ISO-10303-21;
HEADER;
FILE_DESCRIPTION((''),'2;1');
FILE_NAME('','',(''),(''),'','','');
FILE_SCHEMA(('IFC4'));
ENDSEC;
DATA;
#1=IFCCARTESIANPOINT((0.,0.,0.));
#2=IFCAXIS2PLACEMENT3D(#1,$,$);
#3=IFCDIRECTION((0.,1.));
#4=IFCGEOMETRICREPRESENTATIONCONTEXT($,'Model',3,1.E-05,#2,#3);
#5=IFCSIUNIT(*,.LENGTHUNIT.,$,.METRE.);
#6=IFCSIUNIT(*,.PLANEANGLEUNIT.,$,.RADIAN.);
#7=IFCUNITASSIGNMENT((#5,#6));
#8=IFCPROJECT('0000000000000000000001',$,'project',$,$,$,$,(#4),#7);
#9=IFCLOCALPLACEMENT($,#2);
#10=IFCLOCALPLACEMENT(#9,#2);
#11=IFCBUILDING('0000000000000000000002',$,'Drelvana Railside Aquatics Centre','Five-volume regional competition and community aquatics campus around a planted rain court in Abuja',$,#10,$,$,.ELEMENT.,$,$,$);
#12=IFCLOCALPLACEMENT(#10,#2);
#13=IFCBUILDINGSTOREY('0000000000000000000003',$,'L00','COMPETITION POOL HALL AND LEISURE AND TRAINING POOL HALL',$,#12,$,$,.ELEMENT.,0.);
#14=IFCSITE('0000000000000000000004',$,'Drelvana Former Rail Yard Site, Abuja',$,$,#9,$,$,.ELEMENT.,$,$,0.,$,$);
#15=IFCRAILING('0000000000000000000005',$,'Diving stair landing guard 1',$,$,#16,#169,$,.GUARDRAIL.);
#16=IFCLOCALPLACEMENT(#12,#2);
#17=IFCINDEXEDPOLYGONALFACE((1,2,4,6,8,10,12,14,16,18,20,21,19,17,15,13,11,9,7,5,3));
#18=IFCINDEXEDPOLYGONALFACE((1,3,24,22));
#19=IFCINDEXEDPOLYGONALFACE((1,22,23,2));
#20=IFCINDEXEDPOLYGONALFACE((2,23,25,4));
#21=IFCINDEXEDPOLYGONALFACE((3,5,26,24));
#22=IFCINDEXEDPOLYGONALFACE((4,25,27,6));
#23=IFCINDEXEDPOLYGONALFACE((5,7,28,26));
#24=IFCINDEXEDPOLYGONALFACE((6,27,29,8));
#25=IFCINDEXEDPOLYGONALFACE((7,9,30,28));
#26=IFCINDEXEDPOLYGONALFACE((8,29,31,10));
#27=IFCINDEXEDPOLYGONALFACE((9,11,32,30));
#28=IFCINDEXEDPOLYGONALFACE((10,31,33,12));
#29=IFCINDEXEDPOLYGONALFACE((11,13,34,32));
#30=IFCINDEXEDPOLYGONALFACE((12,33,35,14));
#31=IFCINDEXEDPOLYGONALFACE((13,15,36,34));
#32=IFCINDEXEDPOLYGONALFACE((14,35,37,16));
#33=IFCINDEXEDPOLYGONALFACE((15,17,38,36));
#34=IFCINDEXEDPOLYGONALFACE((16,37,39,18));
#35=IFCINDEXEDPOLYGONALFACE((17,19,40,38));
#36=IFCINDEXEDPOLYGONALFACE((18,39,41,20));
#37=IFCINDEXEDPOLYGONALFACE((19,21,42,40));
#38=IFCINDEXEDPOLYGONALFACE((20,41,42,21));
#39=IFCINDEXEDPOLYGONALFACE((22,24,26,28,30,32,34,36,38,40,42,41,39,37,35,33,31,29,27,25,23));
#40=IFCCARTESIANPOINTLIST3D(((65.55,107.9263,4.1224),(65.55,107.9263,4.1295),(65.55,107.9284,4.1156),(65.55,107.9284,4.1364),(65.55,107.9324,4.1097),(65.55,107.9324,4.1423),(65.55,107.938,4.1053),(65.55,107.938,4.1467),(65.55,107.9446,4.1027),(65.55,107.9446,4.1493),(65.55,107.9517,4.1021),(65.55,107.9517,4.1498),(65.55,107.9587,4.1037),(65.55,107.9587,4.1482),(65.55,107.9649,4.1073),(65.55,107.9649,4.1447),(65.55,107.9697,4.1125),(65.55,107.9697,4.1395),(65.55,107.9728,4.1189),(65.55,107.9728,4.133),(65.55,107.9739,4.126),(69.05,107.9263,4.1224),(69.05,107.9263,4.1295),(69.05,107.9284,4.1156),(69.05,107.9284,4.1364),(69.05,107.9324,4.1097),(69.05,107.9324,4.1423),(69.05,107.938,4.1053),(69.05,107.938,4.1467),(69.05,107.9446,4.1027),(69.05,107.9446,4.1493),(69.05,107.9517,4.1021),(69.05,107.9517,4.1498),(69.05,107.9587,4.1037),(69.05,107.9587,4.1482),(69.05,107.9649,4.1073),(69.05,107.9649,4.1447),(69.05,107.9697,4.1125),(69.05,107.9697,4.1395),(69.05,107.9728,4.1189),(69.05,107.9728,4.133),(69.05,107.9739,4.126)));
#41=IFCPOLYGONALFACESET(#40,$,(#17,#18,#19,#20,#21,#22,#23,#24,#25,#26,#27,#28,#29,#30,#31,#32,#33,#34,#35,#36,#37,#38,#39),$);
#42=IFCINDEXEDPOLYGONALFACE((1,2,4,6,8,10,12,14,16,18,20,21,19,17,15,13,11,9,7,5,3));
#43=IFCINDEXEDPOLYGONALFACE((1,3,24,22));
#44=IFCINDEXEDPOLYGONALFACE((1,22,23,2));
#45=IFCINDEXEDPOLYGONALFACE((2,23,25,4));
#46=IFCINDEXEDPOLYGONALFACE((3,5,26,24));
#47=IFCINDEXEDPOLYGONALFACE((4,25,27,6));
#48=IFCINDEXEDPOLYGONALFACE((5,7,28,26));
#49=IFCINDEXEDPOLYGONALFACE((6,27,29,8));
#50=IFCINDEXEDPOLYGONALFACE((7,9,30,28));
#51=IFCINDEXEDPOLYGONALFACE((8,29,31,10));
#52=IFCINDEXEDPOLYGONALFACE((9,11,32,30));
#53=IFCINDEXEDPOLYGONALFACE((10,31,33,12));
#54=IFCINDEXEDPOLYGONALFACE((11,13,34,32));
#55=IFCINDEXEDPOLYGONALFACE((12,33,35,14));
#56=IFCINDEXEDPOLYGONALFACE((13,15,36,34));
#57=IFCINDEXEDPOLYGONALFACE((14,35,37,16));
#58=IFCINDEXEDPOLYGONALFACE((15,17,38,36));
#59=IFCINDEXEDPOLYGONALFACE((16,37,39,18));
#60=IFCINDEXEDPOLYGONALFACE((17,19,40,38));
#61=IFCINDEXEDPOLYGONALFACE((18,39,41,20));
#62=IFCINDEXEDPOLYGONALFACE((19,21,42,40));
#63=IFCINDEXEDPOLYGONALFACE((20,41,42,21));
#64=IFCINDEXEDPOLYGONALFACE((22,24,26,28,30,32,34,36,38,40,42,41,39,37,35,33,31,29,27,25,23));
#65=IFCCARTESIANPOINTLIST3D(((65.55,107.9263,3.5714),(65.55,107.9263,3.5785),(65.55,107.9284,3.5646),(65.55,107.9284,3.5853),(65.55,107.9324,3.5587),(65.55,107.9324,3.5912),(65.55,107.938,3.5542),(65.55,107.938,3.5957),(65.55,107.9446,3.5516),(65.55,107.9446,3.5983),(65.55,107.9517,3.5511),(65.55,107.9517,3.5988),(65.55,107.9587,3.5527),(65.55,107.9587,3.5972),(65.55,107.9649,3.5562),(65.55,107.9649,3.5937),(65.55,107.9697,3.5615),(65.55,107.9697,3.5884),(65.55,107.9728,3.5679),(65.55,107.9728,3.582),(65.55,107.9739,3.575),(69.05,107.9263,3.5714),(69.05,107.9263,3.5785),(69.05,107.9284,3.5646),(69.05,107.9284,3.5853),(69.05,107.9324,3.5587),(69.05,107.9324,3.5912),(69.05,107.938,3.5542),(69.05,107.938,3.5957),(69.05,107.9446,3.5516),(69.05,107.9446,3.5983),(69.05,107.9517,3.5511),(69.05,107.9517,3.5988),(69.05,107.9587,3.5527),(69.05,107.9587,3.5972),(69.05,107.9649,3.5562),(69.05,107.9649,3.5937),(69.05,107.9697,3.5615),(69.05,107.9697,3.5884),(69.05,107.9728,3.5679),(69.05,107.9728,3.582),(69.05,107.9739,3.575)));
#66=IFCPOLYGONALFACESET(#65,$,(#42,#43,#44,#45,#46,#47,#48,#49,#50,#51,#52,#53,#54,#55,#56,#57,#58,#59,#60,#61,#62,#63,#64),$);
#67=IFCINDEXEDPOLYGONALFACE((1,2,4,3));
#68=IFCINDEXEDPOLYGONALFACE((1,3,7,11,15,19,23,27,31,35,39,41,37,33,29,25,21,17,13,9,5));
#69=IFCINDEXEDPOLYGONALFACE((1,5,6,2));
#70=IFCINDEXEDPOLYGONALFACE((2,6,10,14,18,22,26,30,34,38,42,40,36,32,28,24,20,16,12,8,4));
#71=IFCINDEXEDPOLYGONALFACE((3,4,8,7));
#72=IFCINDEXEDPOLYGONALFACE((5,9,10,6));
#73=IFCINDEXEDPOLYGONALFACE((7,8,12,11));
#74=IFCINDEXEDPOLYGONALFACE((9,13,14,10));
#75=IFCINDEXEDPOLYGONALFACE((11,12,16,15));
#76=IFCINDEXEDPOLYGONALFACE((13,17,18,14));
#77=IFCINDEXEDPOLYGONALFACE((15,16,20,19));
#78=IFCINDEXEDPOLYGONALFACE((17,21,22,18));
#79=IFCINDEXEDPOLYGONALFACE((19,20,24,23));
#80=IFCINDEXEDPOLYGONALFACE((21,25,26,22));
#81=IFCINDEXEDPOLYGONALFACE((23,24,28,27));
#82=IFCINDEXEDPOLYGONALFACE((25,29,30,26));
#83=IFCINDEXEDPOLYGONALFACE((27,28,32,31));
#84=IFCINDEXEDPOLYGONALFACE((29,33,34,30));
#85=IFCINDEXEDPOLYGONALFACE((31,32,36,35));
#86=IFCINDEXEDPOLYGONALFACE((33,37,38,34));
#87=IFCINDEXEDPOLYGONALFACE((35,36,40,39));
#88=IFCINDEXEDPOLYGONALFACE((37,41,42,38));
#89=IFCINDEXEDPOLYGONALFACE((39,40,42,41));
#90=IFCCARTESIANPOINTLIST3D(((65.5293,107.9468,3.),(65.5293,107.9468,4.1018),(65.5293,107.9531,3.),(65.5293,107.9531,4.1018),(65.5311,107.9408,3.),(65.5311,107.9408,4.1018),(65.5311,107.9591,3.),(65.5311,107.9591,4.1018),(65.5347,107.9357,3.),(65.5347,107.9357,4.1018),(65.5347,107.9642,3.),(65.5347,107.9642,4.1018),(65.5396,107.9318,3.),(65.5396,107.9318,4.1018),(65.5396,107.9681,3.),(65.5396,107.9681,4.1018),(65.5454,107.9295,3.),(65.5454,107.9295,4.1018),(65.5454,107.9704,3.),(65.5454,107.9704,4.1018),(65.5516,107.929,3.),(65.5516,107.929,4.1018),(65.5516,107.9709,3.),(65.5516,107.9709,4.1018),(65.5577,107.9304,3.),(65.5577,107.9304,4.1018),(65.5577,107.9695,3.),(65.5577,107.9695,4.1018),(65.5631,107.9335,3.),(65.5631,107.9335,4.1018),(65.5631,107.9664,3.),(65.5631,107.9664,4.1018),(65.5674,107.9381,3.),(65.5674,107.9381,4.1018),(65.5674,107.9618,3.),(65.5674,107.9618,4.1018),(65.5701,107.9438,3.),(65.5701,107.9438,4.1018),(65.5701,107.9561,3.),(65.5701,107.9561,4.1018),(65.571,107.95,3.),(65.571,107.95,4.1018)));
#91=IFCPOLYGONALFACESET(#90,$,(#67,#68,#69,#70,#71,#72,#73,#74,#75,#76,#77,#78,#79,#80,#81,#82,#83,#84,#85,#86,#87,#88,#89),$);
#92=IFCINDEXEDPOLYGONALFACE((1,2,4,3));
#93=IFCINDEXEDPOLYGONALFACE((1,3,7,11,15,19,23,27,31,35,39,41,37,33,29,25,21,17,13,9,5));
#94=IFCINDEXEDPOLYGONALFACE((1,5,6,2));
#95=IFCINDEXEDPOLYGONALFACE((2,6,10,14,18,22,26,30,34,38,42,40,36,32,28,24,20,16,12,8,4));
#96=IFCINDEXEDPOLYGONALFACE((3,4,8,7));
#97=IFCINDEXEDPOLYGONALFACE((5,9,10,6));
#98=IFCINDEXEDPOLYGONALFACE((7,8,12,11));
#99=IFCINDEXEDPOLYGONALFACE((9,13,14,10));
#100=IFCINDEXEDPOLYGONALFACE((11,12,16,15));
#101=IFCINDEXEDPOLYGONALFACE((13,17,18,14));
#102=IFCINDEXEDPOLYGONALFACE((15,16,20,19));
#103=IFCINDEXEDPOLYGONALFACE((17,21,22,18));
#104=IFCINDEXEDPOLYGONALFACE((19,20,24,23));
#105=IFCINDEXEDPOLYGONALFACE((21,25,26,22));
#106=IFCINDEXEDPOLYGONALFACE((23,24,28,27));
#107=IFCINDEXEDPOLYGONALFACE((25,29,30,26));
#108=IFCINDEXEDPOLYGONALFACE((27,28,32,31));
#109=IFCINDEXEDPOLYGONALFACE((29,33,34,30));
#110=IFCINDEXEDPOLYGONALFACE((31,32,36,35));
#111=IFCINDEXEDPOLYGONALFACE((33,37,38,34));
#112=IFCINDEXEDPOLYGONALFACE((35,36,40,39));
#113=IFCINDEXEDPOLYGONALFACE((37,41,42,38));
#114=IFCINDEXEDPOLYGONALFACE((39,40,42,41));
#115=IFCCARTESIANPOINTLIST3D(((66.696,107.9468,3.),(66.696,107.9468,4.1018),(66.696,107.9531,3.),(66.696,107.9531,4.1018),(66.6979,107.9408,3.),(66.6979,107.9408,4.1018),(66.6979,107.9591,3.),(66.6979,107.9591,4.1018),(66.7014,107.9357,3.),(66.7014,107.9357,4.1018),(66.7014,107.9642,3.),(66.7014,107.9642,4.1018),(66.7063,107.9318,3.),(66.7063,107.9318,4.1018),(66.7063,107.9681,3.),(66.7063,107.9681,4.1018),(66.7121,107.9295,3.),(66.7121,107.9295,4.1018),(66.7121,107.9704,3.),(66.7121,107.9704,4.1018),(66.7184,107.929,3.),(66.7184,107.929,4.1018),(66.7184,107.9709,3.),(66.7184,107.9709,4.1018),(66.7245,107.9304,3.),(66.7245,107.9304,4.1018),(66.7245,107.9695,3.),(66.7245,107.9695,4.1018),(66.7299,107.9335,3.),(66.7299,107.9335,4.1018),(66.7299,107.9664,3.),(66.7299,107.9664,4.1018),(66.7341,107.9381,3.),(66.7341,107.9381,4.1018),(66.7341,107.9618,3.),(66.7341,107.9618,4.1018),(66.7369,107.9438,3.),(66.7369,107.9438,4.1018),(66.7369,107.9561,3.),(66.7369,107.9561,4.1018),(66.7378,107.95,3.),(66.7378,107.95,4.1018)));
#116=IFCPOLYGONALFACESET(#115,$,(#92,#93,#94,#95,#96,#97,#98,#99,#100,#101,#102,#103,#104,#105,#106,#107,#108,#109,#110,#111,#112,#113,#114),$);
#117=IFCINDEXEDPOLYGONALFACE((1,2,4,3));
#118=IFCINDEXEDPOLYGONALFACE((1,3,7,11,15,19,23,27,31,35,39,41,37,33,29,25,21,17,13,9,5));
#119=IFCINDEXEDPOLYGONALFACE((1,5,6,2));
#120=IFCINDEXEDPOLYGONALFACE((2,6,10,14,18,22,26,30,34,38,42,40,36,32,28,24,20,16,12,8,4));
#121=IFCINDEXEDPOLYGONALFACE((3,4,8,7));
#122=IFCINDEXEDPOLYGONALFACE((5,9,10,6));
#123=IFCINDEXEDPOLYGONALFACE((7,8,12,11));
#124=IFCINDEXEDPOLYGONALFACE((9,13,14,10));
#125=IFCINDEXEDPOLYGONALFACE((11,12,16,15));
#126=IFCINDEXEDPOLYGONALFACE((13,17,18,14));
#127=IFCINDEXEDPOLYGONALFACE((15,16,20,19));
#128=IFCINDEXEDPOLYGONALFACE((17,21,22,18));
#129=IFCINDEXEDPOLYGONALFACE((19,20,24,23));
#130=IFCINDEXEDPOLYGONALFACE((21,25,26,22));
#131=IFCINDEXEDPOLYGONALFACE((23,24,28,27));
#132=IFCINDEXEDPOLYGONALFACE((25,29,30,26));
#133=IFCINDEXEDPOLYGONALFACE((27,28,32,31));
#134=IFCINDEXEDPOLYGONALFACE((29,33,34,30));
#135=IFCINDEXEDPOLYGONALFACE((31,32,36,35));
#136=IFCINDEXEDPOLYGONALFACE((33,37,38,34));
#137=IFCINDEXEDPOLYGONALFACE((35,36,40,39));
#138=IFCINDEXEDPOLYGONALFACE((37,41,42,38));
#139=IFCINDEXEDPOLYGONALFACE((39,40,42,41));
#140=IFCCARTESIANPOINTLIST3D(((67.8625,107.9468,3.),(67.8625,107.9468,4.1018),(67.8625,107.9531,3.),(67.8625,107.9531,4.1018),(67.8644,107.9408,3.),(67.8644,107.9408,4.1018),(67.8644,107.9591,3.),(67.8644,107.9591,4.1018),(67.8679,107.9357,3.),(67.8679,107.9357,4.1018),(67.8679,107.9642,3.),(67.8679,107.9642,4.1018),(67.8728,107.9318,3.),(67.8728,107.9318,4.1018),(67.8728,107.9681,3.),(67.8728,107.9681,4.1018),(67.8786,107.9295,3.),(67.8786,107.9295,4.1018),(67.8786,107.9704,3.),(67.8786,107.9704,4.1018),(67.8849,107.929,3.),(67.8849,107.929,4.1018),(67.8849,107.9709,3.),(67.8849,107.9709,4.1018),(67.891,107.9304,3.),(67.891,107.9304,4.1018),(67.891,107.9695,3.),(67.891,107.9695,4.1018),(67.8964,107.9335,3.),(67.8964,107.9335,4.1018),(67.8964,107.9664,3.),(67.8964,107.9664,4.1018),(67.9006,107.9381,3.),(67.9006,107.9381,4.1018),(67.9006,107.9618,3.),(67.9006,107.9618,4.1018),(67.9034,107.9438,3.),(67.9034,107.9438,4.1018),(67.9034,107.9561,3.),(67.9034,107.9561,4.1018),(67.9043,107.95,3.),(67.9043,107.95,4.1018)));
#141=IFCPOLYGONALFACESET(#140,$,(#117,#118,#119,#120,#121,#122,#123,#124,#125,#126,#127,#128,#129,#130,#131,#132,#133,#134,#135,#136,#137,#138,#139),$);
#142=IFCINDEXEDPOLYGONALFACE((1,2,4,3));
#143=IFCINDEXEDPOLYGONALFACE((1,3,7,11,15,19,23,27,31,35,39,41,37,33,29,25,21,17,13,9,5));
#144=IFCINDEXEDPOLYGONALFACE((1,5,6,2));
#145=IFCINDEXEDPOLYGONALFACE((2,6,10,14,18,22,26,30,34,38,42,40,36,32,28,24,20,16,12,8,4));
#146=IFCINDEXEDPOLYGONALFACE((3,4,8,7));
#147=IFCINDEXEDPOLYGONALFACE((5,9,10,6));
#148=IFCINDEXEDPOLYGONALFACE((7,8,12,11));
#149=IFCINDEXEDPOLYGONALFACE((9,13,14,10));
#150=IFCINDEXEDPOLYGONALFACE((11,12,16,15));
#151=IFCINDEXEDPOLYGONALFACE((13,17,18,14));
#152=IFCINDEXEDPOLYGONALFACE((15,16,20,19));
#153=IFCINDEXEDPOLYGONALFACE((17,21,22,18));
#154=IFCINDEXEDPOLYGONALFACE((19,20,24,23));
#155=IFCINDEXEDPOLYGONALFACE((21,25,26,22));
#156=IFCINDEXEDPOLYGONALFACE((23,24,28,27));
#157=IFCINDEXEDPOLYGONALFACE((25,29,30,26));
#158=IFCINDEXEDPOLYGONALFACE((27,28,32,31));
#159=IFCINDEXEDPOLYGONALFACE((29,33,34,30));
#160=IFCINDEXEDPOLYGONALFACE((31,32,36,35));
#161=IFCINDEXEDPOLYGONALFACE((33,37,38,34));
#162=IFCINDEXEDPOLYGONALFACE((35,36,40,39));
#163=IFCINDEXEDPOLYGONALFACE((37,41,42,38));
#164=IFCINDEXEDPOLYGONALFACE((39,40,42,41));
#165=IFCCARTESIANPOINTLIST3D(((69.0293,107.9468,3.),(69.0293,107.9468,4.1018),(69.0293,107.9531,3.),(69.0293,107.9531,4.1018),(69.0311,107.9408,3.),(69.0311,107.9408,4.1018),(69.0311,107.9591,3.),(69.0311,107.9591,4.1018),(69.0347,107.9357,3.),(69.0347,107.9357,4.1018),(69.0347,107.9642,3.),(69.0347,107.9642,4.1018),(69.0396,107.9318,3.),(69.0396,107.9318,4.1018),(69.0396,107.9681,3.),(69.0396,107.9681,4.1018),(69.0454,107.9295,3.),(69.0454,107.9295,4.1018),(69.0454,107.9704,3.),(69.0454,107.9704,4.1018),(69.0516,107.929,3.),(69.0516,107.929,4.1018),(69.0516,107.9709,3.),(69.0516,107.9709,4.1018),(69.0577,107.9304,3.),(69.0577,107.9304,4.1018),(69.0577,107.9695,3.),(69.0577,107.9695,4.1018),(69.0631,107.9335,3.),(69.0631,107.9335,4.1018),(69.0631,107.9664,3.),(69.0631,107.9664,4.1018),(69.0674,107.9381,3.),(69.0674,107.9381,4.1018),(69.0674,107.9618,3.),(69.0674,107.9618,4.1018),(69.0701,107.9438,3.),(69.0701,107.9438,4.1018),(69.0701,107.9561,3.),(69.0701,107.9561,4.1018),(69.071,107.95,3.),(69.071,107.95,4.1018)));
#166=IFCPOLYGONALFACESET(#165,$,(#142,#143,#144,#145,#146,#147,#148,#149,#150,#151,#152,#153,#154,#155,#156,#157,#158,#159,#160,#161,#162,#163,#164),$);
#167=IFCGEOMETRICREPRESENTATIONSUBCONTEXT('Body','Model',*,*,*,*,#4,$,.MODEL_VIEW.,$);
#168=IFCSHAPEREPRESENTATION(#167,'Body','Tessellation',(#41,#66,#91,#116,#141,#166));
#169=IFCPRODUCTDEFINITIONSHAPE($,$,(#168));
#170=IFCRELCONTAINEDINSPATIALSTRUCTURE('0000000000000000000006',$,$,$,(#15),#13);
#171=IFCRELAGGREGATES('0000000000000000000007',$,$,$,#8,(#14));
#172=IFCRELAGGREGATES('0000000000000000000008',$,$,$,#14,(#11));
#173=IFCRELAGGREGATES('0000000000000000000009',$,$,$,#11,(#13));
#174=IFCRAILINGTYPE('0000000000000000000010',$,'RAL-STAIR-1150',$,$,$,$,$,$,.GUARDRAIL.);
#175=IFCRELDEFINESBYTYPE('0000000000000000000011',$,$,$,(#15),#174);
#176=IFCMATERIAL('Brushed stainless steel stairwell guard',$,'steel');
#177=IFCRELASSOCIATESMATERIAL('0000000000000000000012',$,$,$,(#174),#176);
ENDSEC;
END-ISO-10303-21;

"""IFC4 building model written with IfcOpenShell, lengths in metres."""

from ifc_helpers import new_model, si_unit, direction, frame, origin, origin_2d, place, context, subcontext, project, spatial, circle, extrude, material, type_object, element, save


model = new_model("IFC4")

# Units and contexts
model_context = context("Model", 3, precision=1e-05, world=origin(), true_north=direction((0.0, 1.0)))
body_context = subcontext(model_context, "Body", "Model", "MODEL_VIEW")
ifc_project = project(units=[si_unit("LENGTHUNIT", "METRE"), si_unit("PLANEANGLEUNIT", "RADIAN")], contexts=[model_context])

# Site, building, storey
site_placement = place(None, origin())
site = spatial("IfcSite", under=ifc_project, at=site_placement, Name="Drelvana Former Rail Yard Site, Abuja", CompositionType="ELEMENT", RefElevation=0.0)
building_placement = place(site_placement, origin())
building = spatial("IfcBuilding", under=site, at=building_placement, Name="Drelvana Railside Aquatics Centre", Description="Five-volume regional competition and community aquatics campus around a planted rain court in Abuja", CompositionType="ELEMENT")
storey_placement = place(building_placement, origin())
storey = spatial("IfcBuildingStorey", under=building, at=storey_placement, Name="L00", Description="COMPETITION POOL HALL AND LEISURE AND TRAINING POOL HALL", CompositionType="ELEMENT", Elevation=0.0)

# Railing
ifc_material_1 = material(Name="Brushed stainless steel stairwell guard", Category="steel")
railing_type_1 = type_object("IfcRailingType", Name="RAL-STAIR-1150", PredefinedType="GUARDRAIL", material=ifc_material_1)
railing_1_placement = place(storey_placement, frame((65.55, 107.95, 3.0)))
element("IfcRailing", 1, at=railing_1_placement, inside=storey, type_object=railing_type_1, Name="Diving stair landing guard 1", PredefinedType="GUARDRAIL", context=body_context, shape_type="SweptSolid", body=[
    extrude(circle(Radius=0.0239, at=origin_2d()), frame((0.0, 0.0, 1.126), z_axis=(1.0, 0.0, 0.0), x_axis=(0.0, 1.0, 0.0)), (0.0, 0.0, 1.0), 3.5),
    extrude(circle(Radius=0.0239, at=origin_2d()), frame((0.0, 0.0, 0.575), z_axis=(1.0, 0.0, 0.0), x_axis=(0.0, 1.0, 0.0)), (0.0, 0.0, 1.0), 3.5),
    extrude(circle(Radius=0.021, at=origin_2d()), origin(), (0.0, 0.0, 1.0), 1.1018),
    extrude(circle(Radius=0.021, at=origin_2d()), frame((1.1667, 0.0, 0.0)), (0.0, 0.0, 1.0), 1.1018),
    extrude(circle(Radius=0.021, at=origin_2d()), frame((2.3333, 0.0, 0.0)), (0.0, 0.0, 1.0), 1.1018),
    extrude(circle(Radius=0.021, at=origin_2d()), frame((3.5, 0.0, 0.0)), (0.0, 0.0, 1.0), 1.1018),
])

save(model, "model.ifc")
